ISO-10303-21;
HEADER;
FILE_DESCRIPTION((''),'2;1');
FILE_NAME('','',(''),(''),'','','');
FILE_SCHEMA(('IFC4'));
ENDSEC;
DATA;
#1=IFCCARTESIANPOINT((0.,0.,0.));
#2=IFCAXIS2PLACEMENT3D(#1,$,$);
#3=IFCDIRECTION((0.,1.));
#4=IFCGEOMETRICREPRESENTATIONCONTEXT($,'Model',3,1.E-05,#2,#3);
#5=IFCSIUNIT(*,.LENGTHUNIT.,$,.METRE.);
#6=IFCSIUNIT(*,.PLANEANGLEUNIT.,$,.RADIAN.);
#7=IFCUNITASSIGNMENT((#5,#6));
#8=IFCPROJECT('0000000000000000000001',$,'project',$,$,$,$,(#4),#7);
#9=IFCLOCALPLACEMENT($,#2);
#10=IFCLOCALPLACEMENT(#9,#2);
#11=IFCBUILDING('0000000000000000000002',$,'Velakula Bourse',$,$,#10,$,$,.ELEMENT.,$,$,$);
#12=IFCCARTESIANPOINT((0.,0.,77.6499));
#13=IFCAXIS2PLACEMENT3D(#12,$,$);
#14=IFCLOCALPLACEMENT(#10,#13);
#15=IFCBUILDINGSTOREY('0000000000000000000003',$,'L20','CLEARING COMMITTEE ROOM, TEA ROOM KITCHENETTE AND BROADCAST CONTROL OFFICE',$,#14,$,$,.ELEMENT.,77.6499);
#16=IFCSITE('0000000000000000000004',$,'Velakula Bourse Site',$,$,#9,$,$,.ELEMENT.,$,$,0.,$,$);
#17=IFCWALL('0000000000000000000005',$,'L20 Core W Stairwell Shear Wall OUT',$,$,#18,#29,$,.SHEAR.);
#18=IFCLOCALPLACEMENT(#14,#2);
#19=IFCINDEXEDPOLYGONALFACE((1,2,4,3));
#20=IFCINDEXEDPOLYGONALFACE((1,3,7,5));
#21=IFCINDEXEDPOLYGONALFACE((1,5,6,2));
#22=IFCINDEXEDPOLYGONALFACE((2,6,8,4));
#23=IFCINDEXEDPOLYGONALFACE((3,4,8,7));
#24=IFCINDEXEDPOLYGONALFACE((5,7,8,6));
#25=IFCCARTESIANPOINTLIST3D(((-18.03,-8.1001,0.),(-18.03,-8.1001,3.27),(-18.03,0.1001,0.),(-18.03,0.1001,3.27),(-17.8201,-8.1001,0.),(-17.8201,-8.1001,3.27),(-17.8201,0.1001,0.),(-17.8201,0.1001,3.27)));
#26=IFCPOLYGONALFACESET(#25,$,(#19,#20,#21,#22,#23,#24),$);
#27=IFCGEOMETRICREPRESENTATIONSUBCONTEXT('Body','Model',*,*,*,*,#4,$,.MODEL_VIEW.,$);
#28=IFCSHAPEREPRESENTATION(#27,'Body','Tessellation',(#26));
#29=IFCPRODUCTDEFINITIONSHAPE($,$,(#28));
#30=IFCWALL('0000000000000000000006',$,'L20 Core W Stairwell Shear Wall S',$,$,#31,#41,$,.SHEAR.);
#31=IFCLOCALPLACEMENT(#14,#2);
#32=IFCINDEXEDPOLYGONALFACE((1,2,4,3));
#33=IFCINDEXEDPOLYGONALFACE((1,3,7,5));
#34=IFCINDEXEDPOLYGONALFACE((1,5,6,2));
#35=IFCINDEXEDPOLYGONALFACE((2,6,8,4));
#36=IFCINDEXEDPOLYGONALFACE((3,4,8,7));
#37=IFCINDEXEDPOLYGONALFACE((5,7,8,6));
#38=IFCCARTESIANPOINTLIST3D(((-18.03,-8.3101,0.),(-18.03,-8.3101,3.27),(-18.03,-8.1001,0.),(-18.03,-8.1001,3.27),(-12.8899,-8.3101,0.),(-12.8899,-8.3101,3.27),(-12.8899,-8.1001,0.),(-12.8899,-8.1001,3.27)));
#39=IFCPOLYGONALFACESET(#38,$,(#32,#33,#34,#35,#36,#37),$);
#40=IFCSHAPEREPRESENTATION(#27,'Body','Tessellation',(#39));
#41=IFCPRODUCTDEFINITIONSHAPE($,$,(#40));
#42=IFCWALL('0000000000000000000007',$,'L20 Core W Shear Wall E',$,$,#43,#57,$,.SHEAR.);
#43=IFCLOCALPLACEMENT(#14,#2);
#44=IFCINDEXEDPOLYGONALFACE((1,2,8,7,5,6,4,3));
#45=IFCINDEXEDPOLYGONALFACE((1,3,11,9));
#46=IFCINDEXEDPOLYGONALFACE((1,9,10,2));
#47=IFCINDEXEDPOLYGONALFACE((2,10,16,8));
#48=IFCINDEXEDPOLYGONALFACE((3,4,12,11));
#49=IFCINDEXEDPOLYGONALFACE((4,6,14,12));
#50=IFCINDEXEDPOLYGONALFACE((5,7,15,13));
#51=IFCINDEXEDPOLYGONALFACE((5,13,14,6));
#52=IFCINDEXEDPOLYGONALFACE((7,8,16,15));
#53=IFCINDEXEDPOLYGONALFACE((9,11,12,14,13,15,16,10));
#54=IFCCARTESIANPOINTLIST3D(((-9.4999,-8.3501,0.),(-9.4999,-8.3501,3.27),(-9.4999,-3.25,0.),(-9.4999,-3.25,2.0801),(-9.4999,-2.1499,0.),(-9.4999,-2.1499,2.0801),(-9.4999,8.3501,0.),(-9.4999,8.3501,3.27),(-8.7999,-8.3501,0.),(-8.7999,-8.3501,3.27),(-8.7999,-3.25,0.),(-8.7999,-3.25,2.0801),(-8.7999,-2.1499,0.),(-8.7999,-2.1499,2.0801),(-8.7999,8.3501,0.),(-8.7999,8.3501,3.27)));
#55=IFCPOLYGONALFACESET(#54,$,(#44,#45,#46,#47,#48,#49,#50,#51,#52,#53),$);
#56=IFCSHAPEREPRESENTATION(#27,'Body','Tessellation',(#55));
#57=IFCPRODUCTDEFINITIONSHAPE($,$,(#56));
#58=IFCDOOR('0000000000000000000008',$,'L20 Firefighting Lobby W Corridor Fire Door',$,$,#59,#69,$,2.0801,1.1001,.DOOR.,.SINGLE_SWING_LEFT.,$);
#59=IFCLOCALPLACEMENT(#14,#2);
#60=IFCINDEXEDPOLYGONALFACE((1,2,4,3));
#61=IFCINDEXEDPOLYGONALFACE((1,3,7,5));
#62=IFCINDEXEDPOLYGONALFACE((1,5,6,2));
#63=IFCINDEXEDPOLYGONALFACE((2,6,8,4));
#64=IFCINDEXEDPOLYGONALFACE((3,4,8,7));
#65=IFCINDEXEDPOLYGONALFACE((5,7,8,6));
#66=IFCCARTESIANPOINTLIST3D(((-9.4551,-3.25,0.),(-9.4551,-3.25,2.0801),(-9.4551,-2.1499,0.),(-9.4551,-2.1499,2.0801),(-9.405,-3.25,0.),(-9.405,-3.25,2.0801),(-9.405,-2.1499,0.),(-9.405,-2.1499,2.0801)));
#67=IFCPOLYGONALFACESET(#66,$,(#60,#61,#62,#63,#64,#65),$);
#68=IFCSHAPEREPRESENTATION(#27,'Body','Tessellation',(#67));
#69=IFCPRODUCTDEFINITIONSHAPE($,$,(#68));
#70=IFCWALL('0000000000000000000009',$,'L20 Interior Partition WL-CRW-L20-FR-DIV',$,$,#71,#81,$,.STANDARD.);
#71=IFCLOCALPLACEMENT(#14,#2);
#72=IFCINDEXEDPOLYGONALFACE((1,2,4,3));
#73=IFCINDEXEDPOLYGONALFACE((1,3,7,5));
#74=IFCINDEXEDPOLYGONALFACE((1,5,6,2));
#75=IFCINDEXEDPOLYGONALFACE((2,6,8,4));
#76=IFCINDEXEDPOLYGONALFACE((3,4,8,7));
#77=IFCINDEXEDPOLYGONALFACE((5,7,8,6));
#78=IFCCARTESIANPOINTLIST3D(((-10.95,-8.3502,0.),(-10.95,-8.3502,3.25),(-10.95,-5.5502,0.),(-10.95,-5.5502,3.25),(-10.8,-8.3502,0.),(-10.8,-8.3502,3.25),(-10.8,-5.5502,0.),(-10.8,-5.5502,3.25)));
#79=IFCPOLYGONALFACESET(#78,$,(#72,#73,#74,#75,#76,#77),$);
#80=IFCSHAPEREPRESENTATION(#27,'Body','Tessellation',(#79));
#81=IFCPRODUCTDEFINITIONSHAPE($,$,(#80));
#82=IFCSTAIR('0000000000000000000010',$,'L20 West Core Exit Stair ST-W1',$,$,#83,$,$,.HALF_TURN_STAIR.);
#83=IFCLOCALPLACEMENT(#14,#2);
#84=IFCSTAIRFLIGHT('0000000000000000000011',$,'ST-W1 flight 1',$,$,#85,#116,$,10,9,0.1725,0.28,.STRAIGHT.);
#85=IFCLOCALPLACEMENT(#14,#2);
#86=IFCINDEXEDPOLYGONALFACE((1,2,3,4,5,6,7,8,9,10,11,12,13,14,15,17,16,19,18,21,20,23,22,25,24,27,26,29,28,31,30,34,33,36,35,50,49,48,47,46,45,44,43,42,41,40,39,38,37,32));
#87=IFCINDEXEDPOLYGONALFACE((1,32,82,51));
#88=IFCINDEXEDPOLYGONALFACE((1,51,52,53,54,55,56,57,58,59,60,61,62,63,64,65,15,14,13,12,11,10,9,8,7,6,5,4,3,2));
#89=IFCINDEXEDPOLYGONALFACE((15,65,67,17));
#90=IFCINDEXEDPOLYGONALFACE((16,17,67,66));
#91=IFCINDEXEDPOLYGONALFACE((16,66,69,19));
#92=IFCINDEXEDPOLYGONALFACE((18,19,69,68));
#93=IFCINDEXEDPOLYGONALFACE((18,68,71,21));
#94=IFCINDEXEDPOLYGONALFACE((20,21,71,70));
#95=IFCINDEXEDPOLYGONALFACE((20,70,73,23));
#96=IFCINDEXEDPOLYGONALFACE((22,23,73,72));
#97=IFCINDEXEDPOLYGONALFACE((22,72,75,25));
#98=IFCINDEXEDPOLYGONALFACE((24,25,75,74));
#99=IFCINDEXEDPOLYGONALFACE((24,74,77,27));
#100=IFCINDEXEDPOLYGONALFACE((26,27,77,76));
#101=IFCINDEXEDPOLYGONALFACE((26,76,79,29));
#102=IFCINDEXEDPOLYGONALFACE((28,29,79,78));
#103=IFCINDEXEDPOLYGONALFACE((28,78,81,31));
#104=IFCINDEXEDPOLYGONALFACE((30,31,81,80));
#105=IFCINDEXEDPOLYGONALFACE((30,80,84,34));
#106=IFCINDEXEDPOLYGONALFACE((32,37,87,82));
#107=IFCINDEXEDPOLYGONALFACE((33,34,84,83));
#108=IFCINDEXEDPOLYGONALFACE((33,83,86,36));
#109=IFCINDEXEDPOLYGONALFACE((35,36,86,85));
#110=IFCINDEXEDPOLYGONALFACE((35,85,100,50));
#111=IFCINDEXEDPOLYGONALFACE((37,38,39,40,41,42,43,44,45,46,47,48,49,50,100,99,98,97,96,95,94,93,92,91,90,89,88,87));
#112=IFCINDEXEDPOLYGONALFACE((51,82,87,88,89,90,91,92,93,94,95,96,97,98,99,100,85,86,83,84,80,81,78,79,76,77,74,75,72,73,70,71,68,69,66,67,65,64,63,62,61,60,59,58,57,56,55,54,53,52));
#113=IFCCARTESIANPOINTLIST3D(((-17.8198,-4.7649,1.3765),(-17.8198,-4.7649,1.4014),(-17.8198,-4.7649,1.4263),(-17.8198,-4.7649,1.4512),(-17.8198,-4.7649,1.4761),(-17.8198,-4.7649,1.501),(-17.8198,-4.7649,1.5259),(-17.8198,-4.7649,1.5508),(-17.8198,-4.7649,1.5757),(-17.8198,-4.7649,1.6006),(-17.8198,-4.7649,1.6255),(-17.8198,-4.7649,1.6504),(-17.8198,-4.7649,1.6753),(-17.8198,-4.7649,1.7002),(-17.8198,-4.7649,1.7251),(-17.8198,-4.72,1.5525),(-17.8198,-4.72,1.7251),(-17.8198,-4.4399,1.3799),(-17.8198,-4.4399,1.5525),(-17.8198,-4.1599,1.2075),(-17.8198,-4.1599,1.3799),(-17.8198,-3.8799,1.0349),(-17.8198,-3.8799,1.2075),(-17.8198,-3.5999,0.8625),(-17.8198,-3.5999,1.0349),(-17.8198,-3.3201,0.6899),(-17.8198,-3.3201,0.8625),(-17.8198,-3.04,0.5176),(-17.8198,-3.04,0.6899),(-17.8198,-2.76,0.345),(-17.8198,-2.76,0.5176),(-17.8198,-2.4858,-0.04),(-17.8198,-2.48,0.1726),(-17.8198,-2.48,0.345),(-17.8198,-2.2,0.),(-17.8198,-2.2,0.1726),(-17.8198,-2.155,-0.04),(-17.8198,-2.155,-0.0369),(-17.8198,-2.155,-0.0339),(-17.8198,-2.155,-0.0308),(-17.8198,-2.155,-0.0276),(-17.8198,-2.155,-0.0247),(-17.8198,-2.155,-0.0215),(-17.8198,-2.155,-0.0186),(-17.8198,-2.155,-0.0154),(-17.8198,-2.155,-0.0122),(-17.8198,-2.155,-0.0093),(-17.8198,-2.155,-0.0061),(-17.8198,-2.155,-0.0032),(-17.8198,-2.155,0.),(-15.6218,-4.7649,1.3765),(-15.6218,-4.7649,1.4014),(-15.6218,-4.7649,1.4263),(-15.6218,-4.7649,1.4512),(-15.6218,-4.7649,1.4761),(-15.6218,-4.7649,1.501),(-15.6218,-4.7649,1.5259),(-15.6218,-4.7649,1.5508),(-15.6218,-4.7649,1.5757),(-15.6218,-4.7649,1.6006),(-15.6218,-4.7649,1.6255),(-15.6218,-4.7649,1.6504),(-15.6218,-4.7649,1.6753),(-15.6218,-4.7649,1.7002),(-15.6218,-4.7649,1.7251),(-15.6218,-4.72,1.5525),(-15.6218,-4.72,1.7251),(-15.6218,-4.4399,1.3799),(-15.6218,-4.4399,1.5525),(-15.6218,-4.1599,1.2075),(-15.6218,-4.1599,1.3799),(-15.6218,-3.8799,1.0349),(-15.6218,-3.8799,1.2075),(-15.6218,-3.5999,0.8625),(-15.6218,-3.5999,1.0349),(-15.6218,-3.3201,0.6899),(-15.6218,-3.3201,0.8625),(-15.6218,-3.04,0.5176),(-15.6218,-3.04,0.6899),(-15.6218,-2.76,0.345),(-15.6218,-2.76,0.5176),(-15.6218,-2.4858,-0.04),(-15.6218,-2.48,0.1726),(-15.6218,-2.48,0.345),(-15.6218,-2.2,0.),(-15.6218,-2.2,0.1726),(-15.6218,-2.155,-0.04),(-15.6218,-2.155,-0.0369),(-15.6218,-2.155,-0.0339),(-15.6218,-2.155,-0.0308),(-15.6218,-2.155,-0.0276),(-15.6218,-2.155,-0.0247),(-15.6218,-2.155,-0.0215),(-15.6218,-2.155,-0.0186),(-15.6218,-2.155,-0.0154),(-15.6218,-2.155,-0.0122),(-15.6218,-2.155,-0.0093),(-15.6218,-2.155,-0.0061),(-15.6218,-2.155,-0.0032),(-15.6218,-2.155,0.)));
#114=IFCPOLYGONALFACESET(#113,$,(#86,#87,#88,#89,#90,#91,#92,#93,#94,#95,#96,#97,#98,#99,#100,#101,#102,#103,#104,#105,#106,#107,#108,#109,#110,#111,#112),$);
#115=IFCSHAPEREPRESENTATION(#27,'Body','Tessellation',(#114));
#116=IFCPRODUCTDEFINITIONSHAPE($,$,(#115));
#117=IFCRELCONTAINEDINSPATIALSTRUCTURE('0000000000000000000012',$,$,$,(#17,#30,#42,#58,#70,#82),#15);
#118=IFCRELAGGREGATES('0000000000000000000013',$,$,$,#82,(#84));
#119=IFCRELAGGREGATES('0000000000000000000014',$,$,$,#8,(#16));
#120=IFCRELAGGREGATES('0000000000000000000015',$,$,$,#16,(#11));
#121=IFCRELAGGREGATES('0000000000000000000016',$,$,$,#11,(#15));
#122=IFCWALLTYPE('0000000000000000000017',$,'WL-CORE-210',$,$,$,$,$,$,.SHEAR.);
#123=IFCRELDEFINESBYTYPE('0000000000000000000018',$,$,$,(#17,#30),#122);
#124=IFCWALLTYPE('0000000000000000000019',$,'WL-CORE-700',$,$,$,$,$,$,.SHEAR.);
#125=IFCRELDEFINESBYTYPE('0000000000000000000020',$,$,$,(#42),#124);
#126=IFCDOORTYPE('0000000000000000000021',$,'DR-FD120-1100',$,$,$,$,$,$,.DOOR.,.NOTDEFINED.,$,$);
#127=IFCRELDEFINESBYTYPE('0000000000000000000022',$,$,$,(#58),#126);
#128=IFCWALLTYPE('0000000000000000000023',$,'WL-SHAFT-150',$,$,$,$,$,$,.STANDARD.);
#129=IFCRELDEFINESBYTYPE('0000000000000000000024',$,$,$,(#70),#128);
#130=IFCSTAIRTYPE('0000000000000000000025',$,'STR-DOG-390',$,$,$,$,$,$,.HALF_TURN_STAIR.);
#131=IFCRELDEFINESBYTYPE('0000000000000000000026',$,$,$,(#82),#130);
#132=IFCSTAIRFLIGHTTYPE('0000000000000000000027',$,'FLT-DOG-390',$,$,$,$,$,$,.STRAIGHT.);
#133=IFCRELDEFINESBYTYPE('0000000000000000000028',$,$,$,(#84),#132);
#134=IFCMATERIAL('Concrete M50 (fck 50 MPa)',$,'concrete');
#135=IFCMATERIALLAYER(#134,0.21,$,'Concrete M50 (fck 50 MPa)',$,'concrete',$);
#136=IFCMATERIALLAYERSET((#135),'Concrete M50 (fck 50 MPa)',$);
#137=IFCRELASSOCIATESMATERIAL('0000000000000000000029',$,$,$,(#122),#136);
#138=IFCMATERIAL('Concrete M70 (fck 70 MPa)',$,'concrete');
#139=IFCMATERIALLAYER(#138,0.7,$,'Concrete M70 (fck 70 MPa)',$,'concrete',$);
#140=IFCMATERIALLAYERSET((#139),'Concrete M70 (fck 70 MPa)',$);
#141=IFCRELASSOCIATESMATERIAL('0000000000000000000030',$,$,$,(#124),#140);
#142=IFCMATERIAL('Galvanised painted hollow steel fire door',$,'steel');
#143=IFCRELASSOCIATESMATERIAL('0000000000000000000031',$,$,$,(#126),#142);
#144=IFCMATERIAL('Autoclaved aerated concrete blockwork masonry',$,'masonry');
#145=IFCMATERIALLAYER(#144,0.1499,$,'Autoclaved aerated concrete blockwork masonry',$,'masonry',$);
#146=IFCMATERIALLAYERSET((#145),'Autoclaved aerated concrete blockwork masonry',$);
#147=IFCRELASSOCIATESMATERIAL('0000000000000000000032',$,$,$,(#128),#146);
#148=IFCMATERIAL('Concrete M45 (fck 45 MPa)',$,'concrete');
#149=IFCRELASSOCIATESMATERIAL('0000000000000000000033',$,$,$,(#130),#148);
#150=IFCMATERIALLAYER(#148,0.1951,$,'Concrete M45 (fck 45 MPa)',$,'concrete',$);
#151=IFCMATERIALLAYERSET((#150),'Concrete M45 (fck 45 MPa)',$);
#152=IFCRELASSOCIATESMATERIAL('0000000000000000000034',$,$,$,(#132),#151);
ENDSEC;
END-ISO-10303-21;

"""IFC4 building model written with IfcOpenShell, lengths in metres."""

from ifc_helpers import new_model, si_unit, direction, frame, frame_2d, origin, place, context, subcontext, project, spatial, polyline, rectangle, outline, extrude, material, layer, layer_set, type_object, element, fill, aggregate, save


model = new_model("IFC4")

# Units and contexts
model_context = context("Model", 3, precision=1e-05, world=origin(), true_north=direction((0.0, 1.0)))
body_context = subcontext(model_context, "Body", "Model", "MODEL_VIEW")
ifc_project = project(units=[si_unit("LENGTHUNIT", "METRE"), si_unit("PLANEANGLEUNIT", "RADIAN")], contexts=[model_context])

# Site, building, storey
site_placement = place(None, origin())
site = spatial("IfcSite", under=ifc_project, at=site_placement, Name="Velakula Bourse Site", CompositionType="ELEMENT", RefElevation=0.0)
building_placement = place(site_placement, origin())
building = spatial("IfcBuilding", under=site, at=building_placement, Name="Velakula Bourse", CompositionType="ELEMENT")
storey_placement = place(building_placement, frame((0.0, 0.0, 77.6499)))
storey = spatial("IfcBuildingStorey", under=building, at=storey_placement, Name="L20", Description="CLEARING COMMITTEE ROOM, TEA ROOM KITCHENETTE AND BROADCAST CONTROL OFFICE", CompositionType="ELEMENT", Elevation=77.6499)

# Shared definitions
ifc_material_1 = material(Name="Concrete M70 (fck 70 MPa)", Category="concrete")

# Shared definitions
ifc_material_2 = material(Name="Concrete M50 (fck 50 MPa)", Category="concrete")
ifc_layer_1 = layer(ifc_material_2, 0.21, Name="Concrete M50 (fck 50 MPa)", Category="concrete")
ifc_layer_set_1 = layer_set([ifc_layer_1], Name="Concrete M50 (fck 50 MPa)")
wall_type_1 = type_object("IfcWallType", Name="WL-CORE-210", PredefinedType="SHEAR", material=ifc_layer_set_1)
ifc_material_3 = material(Name="Galvanised painted hollow steel fire door", Category="steel")

# Walls
wall_1_placement = place(storey_placement, frame((-17.925, -8.1001, 0.0), z_axis=(0.0, 0.0, 1.0), x_axis=(0.0, 1.0, 0.0)))
element("IfcWall", 1, at=wall_1_placement, inside=storey, type_object=wall_type_1, Name="L20 Core W Stairwell Shear Wall OUT", PredefinedType="SHEAR", context=body_context, shape_type="SweptSolid", body=[
    extrude(rectangle(XDim=8.2002, YDim=0.21, at=frame_2d((4.1001, 0.0))), origin(), (0.0, 0.0, 1.0), 3.27),
])
wall_2_placement = place(storey_placement, frame((-18.03, -8.2051, 0.0), z_axis=(0.0, 0.0, 1.0), x_axis=(1.0, 0.0, 0.0)))
element("IfcWall", 2, at=wall_2_placement, inside=storey, type_object=wall_type_1, Name="L20 Core W Stairwell Shear Wall S", PredefinedType="SHEAR", context=body_context, shape_type="SweptSolid", body=[
    extrude(rectangle(XDim=5.1401, YDim=0.21, at=frame_2d((2.5701, 0.0))), origin(), (0.0, 0.0, 1.0), 3.27),
])

# Wall, opening, door
ifc_layer_2 = layer(ifc_material_1, 0.7, Name="Concrete M70 (fck 70 MPa)", Category="concrete")
ifc_layer_set_2 = layer_set([ifc_layer_2], Name="Concrete M70 (fck 70 MPa)")
wall_type_2 = type_object("IfcWallType", Name="WL-CORE-700", PredefinedType="SHEAR", material=ifc_layer_set_2)
wall_3_placement = place(storey_placement, frame((-9.1499, -8.3501, 0.0), z_axis=(0.0, 0.0, 1.0), x_axis=(0.0, 1.0, 0.0)))
wall_3 = element("IfcWall", 3, at=wall_3_placement, inside=storey, type_object=wall_type_2, Name="L20 Core W Shear Wall E", PredefinedType="SHEAR", context=body_context, shape_type="SweptSolid", body=[
    extrude(rectangle(XDim=16.7002, YDim=0.7, at=frame_2d((8.3501, 0.0))), origin(), (0.0, 0.0, 1.0), 3.27),
])
opening_1_placement = place(wall_3_placement, frame((5.1001, 0.0, 0.0)))
opening_1 = element("IfcOpeningElement", 4, at=opening_1_placement, cuts=wall_3, PredefinedType="OPENING", context=body_context, shape_type="SweptSolid", body=[
    extrude(rectangle(XDim=1.1001, YDim=2.0801, at=frame_2d((0.55, 1.04))), frame((0.0, 0.3599, 0.0), z_axis=(0.0, -1.0, 0.0), x_axis=(1.0, 0.0, 0.0)), (0.0, 0.0, 1.0), 0.72),
])
door_type_1 = type_object("IfcDoorType", Name="DR-FD120-1100", OperationType="NOTDEFINED", PredefinedType="DOOR", material=ifc_material_3)
door_1_placement = place(opening_1_placement, origin())
door_1 = element("IfcDoor", 5, at=door_1_placement, inside=storey, type_object=door_type_1, Name="L20 Firefighting Lobby W Corridor Fire Door", OperationType="SINGLE_SWING_LEFT", OverallHeight=2.0801, OverallWidth=1.1001, PredefinedType="DOOR", context=body_context, shape_type="SweptSolid", body=[
    extrude(rectangle(XDim=1.1001, YDim=2.0801, at=frame_2d((0.55, 1.04))), frame((0.0, 0.3052, 0.0), z_axis=(0.0, -1.0, 0.0), x_axis=(1.0, 0.0, 0.0)), (0.0, 0.0, 1.0), 0.05),
])
fill(opening_1, door_1)

# Shared definitions
ifc_material_4 = material(Name="Autoclaved aerated concrete blockwork masonry", Category="masonry")
ifc_layer_3 = layer(ifc_material_4, 0.1499, Name="Autoclaved aerated concrete blockwork masonry", Category="masonry")
ifc_layer_set_3 = layer_set([ifc_layer_3], Name="Autoclaved aerated concrete blockwork masonry")
wall_type_3 = type_object("IfcWallType", Name="WL-SHAFT-150", PredefinedType="STANDARD", material=ifc_layer_set_3)

# Wall
wall_4_placement = place(storey_placement, frame((-10.875, -8.3501, 0.0), z_axis=(0.0, 0.0, 1.0), x_axis=(0.0, 1.0, 0.0)))
element("IfcWall", 6, at=wall_4_placement, inside=storey, type_object=wall_type_3, Name="L20 Interior Partition WL-CRW-L20-FR-DIV", PredefinedType="STANDARD", context=body_context, shape_type="SweptSolid", body=[
    extrude(rectangle(XDim=2.8, YDim=0.1499, at=frame_2d((1.3999, 0.0))), origin(), (0.0, 0.0, 1.0), 3.25),
])

# Stair, stair flight
ifc_material_5 = material(Name="Concrete M45 (fck 45 MPa)", Category="concrete")
stair_type = type_object("IfcStairType", Name="STR-DOG-390", PredefinedType="HALF_TURN_STAIR", material=ifc_material_5)
stair_placement = place(storey_placement, origin())
stair = element("IfcStair", 7, at=stair_placement, inside=storey, type_object=stair_type, Name="L20 West Core Exit Stair ST-W1", PredefinedType="HALF_TURN_STAIR")
ifc_layer_4 = layer(ifc_material_5, 0.1951, Name="Concrete M45 (fck 45 MPa)", Category="concrete")
ifc_layer_set_4 = layer_set([ifc_layer_4], Name="Concrete M45 (fck 45 MPa)")
stair_flight_type = type_object("IfcStairFlightType", Name="FLT-DOG-390", PredefinedType="STRAIGHT", material=ifc_layer_set_4)
stair_flight_1_placement = place(storey_placement, frame((-16.7209, -2.2, 0.0), z_axis=(0.0, 0.0, 1.0), x_axis=(0.0, -1.0, 0.0)))
stair_flight_1 = element("IfcStairFlight", 8, at=stair_flight_1_placement, type_object=stair_flight_type, Name="ST-W1 flight 1", NumberOfRisers=10, NumberOfTreads=9, PredefinedType="STRAIGHT", RiserHeight=0.1725, TreadLength=0.28, context=body_context, shape_type="SweptSolid", body=[
    extrude(outline(polyline([(-0.0449, -0.04), (-0.0449, -0.0369), (-0.0449, -0.0339), (-0.0449, -0.0308), (-0.0449, -0.0276), (-0.0449, -0.0247), (-0.0449, -0.0215), (-0.0449, -0.0186), (-0.0449, -0.0154), (-0.0449, -0.0122), (-0.0449, -0.0093), (-0.0449, -0.0061), (-0.0449, -0.0032), (-0.0449, 0.0), (0.0, 0.0), (0.0, 0.1726), (0.28, 0.1726), (0.28, 0.345), (0.5601, 0.345), (0.5601, 0.5176), (0.8401, 0.5176), (0.8401, 0.6899), (1.1201, 0.6899), (1.1201, 0.8625), (1.3999, 0.8625), (1.3999, 1.0349), (1.6799, 1.0349), (1.6799, 1.2075), (1.96, 1.2075), (1.96, 1.3799), (2.24, 1.3799), (2.24, 1.5525), (2.52, 1.5525), (2.52, 1.7251), (2.5649, 1.7251), (2.5649, 1.7002), (2.5649, 1.6753), (2.5649, 1.6504), (2.5649, 1.6255), (2.5649, 1.6006), (2.5649, 1.5757), (2.5649, 1.5508), (2.5649, 1.5259), (2.5649, 1.501), (2.5649, 1.4761), (2.5649, 1.4512), (2.5649, 1.4263), (2.5649, 1.4014), (2.5649, 1.3765), (0.2859, -0.04), (-0.0449, -0.04)])), frame((0.0, 1.0991, 0.0), z_axis=(0.0, -1.0, 0.0), x_axis=(1.0, 0.0, 0.0)), (0.0, 0.0, 1.0), 2.198),
])
aggregate(stair, [stair_flight_1])

save(model, "model.ifc")
